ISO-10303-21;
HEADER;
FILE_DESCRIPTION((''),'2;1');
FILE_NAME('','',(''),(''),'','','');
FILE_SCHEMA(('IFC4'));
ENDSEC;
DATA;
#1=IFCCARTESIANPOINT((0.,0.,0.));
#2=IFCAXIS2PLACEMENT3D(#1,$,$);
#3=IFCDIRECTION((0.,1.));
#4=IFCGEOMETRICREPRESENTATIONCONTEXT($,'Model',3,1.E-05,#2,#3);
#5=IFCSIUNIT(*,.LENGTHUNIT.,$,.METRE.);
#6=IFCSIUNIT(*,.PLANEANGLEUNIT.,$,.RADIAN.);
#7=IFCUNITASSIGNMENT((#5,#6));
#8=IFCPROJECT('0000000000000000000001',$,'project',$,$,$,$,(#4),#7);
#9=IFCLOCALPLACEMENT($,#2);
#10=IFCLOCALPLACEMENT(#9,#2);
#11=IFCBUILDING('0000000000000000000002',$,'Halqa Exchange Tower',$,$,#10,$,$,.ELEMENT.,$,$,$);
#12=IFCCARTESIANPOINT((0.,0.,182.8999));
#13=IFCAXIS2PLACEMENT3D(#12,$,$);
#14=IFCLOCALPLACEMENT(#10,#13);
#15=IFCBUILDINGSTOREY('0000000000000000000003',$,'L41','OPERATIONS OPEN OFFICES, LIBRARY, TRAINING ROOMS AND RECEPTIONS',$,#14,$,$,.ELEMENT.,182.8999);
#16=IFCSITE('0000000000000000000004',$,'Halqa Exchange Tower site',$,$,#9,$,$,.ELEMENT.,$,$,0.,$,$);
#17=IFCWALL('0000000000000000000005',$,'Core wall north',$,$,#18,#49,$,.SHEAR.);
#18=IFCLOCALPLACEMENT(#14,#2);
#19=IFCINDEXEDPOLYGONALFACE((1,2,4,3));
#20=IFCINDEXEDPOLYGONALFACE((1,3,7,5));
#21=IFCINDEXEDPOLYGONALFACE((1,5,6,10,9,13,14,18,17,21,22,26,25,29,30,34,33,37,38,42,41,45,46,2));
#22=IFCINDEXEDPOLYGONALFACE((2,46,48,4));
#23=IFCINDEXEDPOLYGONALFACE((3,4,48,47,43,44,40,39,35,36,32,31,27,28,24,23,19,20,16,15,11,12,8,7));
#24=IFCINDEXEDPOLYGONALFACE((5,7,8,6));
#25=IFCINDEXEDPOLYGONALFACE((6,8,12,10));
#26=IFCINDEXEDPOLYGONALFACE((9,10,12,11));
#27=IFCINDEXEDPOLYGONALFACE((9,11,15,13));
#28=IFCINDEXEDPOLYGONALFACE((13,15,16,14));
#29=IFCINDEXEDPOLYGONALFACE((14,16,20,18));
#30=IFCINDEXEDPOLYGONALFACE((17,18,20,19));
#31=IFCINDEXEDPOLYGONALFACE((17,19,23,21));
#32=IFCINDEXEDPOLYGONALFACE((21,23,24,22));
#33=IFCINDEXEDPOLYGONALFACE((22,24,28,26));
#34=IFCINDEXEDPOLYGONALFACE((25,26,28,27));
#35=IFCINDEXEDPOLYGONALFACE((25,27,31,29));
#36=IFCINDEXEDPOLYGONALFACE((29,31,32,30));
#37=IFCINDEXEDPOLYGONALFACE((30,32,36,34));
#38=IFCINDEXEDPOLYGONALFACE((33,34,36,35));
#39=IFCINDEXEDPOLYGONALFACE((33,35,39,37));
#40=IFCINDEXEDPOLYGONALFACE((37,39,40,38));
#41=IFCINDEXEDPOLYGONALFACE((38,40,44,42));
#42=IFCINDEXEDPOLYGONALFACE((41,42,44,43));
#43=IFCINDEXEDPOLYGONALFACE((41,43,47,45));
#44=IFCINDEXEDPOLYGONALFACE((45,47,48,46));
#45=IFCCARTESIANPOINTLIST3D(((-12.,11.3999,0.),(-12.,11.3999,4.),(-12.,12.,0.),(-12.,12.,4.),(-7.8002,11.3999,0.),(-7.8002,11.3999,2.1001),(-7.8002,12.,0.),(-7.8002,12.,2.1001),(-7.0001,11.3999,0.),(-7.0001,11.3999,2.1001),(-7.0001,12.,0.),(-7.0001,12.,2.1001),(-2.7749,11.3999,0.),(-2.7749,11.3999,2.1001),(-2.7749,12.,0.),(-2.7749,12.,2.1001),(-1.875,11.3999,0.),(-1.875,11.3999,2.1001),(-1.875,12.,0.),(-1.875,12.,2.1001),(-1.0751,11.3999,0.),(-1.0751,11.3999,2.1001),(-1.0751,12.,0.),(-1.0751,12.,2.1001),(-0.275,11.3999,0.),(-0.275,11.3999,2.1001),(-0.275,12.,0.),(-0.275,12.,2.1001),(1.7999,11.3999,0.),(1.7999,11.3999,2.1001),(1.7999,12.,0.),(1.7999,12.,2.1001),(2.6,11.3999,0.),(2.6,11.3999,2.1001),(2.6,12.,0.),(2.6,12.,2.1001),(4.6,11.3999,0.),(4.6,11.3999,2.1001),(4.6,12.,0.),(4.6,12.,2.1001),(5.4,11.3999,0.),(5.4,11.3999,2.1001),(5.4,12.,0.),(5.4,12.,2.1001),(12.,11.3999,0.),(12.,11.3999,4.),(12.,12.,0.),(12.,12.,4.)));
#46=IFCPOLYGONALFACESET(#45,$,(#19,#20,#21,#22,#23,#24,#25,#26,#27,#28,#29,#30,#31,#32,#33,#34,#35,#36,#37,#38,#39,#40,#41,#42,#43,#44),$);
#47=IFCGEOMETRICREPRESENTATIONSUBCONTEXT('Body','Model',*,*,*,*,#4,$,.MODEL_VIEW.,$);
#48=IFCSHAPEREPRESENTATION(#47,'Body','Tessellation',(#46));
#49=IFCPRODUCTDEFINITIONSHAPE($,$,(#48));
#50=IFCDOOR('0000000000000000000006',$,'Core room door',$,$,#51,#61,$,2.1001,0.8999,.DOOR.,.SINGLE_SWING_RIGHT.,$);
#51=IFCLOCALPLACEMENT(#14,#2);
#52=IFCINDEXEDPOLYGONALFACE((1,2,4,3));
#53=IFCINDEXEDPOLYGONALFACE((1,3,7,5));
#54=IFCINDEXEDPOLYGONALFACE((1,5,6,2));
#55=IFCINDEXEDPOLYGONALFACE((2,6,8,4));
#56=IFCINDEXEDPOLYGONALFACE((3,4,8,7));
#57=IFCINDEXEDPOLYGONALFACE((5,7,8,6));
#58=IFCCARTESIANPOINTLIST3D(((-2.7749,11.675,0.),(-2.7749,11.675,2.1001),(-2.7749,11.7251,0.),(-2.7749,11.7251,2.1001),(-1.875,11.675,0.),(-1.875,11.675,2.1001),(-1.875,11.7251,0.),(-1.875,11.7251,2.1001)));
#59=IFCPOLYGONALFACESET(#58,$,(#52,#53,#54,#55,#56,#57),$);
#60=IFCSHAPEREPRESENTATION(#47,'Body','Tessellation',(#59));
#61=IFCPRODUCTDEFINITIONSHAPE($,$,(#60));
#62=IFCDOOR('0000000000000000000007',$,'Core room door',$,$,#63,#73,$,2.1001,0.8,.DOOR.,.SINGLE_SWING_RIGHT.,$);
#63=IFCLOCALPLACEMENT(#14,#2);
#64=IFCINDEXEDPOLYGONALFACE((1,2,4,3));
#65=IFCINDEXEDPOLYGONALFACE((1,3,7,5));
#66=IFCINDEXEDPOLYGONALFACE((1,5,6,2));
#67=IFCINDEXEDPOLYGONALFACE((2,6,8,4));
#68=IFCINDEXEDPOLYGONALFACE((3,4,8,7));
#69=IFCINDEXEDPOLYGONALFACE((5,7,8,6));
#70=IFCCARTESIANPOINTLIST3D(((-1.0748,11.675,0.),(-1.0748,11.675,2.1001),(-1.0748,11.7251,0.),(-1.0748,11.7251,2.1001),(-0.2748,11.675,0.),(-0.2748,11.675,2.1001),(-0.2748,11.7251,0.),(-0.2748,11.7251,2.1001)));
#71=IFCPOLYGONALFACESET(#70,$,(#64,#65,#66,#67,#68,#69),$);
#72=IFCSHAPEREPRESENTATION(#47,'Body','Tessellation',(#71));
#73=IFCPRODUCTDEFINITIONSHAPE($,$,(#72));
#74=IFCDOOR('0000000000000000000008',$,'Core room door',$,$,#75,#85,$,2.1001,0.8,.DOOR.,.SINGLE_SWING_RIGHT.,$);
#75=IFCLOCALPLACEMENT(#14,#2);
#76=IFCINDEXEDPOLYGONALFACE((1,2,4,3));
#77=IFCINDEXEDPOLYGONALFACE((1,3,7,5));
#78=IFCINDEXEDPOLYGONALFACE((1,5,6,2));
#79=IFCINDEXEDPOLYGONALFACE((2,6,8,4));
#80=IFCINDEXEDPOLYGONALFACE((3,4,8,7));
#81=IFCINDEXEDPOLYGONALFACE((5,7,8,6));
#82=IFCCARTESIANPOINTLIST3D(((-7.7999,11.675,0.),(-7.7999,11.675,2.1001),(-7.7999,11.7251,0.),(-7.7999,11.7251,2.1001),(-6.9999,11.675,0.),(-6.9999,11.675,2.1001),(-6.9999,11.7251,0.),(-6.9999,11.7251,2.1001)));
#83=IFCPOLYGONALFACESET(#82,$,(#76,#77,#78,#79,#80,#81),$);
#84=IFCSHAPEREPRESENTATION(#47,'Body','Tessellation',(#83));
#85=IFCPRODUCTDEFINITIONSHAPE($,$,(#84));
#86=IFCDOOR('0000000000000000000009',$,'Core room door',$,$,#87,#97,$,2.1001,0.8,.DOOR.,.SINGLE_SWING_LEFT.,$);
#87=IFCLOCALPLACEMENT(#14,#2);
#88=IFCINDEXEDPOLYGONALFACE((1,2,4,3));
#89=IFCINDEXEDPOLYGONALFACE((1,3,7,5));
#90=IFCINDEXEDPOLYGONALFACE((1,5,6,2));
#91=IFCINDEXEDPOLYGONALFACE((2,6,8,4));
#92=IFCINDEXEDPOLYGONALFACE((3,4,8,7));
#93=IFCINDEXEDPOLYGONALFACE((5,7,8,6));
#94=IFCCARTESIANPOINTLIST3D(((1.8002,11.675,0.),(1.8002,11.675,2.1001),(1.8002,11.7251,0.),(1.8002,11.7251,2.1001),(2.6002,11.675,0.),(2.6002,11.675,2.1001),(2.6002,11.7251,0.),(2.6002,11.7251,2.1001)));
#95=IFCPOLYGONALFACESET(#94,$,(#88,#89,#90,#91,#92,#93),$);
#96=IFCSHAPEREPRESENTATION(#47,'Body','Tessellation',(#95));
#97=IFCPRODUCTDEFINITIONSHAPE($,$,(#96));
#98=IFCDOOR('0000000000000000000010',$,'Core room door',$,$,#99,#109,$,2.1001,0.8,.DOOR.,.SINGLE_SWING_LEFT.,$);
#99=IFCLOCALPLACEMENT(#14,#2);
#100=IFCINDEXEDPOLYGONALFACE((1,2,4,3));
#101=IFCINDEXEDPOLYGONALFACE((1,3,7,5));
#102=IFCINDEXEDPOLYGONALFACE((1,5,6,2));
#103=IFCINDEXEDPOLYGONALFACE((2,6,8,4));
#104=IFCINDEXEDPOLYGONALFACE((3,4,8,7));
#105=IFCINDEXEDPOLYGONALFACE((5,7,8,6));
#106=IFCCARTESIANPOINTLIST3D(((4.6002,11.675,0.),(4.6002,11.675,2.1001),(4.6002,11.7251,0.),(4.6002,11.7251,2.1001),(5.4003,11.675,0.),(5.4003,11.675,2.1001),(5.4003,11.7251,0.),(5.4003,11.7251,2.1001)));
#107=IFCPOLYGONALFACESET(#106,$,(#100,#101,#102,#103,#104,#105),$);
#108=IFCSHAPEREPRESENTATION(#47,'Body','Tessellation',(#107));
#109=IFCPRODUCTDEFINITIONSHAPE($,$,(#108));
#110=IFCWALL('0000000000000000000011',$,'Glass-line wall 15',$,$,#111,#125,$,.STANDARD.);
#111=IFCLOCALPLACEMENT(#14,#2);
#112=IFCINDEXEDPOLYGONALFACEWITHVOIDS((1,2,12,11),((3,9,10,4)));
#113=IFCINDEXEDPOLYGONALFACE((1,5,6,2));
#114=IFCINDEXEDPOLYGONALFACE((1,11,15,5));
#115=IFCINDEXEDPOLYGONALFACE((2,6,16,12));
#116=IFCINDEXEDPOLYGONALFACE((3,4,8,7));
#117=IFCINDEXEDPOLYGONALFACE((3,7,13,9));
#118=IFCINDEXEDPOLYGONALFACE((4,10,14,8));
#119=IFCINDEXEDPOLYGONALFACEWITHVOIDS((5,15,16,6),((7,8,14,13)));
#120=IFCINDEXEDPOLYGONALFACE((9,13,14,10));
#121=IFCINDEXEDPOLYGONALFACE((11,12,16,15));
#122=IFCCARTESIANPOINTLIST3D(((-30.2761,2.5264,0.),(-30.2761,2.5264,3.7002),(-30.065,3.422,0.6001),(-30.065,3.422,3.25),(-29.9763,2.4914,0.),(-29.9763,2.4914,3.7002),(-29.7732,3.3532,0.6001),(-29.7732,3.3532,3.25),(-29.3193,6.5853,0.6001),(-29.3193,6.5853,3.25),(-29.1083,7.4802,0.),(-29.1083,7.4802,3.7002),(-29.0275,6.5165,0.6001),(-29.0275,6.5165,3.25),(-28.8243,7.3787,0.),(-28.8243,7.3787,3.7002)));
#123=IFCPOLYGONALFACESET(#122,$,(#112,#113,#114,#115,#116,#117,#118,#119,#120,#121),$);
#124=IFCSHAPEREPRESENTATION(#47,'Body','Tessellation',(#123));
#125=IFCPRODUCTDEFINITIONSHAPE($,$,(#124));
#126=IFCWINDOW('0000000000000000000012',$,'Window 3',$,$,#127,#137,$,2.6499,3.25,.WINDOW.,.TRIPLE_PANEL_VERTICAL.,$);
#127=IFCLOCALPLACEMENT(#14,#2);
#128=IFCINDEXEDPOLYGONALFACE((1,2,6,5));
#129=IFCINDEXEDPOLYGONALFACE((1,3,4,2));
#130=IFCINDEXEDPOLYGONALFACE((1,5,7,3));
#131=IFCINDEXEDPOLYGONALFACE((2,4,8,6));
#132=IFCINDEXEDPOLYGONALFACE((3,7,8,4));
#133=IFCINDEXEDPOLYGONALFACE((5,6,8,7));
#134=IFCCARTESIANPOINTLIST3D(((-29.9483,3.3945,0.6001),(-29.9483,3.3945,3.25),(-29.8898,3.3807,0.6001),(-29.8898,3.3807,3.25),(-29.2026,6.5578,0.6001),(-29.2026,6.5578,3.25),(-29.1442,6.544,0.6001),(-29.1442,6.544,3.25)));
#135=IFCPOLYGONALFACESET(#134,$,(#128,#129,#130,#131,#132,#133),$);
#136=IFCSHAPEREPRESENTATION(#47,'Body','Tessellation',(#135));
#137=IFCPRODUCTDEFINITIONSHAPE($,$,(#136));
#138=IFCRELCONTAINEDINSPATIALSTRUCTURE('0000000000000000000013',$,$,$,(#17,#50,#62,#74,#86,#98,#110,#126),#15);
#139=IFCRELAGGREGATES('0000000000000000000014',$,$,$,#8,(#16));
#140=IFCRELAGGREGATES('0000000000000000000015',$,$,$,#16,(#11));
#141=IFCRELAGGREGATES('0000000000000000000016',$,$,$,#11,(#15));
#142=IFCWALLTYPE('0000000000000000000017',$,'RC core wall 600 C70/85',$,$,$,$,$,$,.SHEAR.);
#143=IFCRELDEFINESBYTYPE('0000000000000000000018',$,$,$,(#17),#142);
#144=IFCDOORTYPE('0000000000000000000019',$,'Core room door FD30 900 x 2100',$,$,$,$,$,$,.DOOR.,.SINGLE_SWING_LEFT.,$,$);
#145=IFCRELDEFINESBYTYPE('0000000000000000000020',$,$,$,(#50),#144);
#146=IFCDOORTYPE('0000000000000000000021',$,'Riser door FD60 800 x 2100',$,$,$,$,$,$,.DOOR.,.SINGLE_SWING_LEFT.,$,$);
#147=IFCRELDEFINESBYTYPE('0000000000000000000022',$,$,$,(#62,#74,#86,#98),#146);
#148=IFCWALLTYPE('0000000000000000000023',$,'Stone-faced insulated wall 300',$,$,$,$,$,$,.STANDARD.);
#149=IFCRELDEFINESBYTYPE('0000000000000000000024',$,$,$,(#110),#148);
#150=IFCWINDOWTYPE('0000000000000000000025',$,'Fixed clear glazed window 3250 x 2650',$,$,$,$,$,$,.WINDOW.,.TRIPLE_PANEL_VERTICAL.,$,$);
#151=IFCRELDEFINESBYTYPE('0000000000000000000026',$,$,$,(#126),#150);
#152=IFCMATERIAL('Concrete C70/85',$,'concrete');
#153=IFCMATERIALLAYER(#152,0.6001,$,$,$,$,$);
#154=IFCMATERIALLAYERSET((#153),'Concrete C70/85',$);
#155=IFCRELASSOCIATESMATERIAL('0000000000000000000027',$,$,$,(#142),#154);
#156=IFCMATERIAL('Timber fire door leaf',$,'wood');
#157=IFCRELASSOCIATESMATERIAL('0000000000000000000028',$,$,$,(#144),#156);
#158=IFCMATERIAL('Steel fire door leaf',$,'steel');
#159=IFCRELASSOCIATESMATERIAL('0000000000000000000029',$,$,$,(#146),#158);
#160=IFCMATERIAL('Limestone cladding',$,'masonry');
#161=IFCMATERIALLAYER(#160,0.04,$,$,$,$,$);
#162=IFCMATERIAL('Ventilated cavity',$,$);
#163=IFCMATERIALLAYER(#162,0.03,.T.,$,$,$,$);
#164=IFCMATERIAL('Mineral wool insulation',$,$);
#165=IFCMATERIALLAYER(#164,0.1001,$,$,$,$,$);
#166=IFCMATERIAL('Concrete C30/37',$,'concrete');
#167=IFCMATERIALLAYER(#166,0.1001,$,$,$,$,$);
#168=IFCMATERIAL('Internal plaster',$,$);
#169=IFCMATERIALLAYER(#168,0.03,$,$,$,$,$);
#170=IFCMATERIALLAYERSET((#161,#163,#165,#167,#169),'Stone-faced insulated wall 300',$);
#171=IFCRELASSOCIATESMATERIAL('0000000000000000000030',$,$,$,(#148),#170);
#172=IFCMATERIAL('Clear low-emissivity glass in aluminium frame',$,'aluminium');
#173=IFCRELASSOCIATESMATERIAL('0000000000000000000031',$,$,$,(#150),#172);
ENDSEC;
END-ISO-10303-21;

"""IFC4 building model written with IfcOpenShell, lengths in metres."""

from ifc_helpers import new_model, si_unit, direction, frame, frame_2d, origin, place, context, subcontext, project, spatial, polyline, rectangle, outline, extrude, material, layer, layer_set, type_object, element, fill, save


model = new_model("IFC4")

# Units and contexts
model_context = context("Model", 3, precision=1e-05, world=origin(), true_north=direction((0.0, 1.0)))
body_context = subcontext(model_context, "Body", "Model", "MODEL_VIEW")
ifc_project = project(units=[si_unit("LENGTHUNIT", "METRE"), si_unit("PLANEANGLEUNIT", "RADIAN")], contexts=[model_context])

# Site, building, storey
site_placement = place(None, origin())
site = spatial("IfcSite", under=ifc_project, at=site_placement, Name="Halqa Exchange Tower site", CompositionType="ELEMENT", RefElevation=0.0)
building_placement = place(site_placement, origin())
building = spatial("IfcBuilding", under=site, at=building_placement, Name="Halqa Exchange Tower", CompositionType="ELEMENT")
storey_placement = place(building_placement, frame((0.0, 0.0, 182.8999)))
storey = spatial("IfcBuildingStorey", under=building, at=storey_placement, Name="L41", Description="OPERATIONS OPEN OFFICES, LIBRARY, TRAINING ROOMS AND RECEPTIONS", CompositionType="ELEMENT", Elevation=182.8999)

# Shared definitions
ifc_material_1 = material(Name="Concrete C70/85", Category="concrete")

# Shared definitions
ifc_material_2 = material(Name="Steel fire door leaf", Category="steel")

# Wall, openings, doors
ifc_layer_1 = layer(ifc_material_1, 0.6001)
ifc_layer_set_1 = layer_set([ifc_layer_1], Name="Concrete C70/85")
wall_type_1 = type_object("IfcWallType", Name="RC core wall 600 C70/85", PredefinedType="SHEAR", material=ifc_layer_set_1)
wall_1_placement = place(storey_placement, frame((-12.0, 11.7, 0.0), z_axis=(0.0, 0.0, 1.0), x_axis=(1.0, 0.0, 0.0)))
wall_1 = element("IfcWall", 1, at=wall_1_placement, inside=storey, type_object=wall_type_1, Name="Core wall north", PredefinedType="SHEAR", context=body_context, shape_type="SweptSolid", body=[
    extrude(rectangle(XDim=24.0, YDim=0.6001, at=frame_2d((12.0, 0.0))), origin(), (0.0, 0.0, 1.0), 4.0),
])
opening_1_placement = place(wall_1_placement, frame((9.2251, 0.0, 0.0)))
opening_1 = element("IfcOpeningElement", 2, at=opening_1_placement, cuts=wall_1, PredefinedType="OPENING", context=body_context, shape_type="SweptSolid", body=[
    extrude(rectangle(XDim=0.8999, YDim=2.1001, at=frame_2d((0.45, 1.05))), frame((0.0, 0.312, 0.0), z_axis=(0.0, -1.0, 0.0), x_axis=(1.0, 0.0, 0.0)), (0.0, 0.0, 1.0), 0.624),
])
opening_2_placement = place(wall_1_placement, frame((10.925, 0.0, 0.0)))
opening_2 = element("IfcOpeningElement", 3, at=opening_2_placement, cuts=wall_1, PredefinedType="OPENING", context=body_context, shape_type="SweptSolid", body=[
    extrude(rectangle(XDim=0.8, YDim=2.1001, at=frame_2d((0.3999, 1.05))), frame((0.0, 0.312, 0.0), z_axis=(0.0, -1.0, 0.0), x_axis=(1.0, 0.0, 0.0)), (0.0, 0.0, 1.0), 0.624),
])
opening_3_placement = place(wall_1_placement, frame((4.2, 0.0, 0.0)))
opening_3 = element("IfcOpeningElement", 4, at=opening_3_placement, cuts=wall_1, PredefinedType="OPENING", context=body_context, shape_type="SweptSolid", body=[
    extrude(rectangle(XDim=0.8, YDim=2.1001, at=frame_2d((0.3999, 1.05))), frame((0.0, 0.312, 0.0), z_axis=(0.0, -1.0, 0.0), x_axis=(1.0, 0.0, 0.0)), (0.0, 0.0, 1.0), 0.624),
])
opening_4_placement = place(wall_1_placement, frame((13.8, 0.0, 0.0)))
opening_4 = element("IfcOpeningElement", 5, at=opening_4_placement, cuts=wall_1, PredefinedType="OPENING", context=body_context, shape_type="SweptSolid", body=[
    extrude(rectangle(XDim=0.8, YDim=2.1001, at=frame_2d((0.3999, 1.05))), frame((0.0, 0.312, 0.0), z_axis=(0.0, -1.0, 0.0), x_axis=(1.0, 0.0, 0.0)), (0.0, 0.0, 1.0), 0.624),
])
opening_5_placement = place(wall_1_placement, frame((16.6001, 0.0, 0.0)))
opening_5 = element("IfcOpeningElement", 6, at=opening_5_placement, cuts=wall_1, PredefinedType="OPENING", context=body_context, shape_type="SweptSolid", body=[
    extrude(rectangle(XDim=0.8, YDim=2.1001, at=frame_2d((0.3999, 1.05))), frame((0.0, 0.312, 0.0), z_axis=(0.0, -1.0, 0.0), x_axis=(1.0, 0.0, 0.0)), (0.0, 0.0, 1.0), 0.624),
])
ifc_material_3 = material(Name="Timber fire door leaf", Category="wood")
door_type_1 = type_object("IfcDoorType", Name="Core room door FD30 900 x 2100", OperationType="SINGLE_SWING_LEFT", PredefinedType="DOOR", material=ifc_material_3)
door_1_placement = place(opening_1_placement, frame((0.8999, 0.0, 0.0), z_axis=(0.0, 0.0, 1.0), x_axis=(-1.0, 0.0, 0.0)))
door_1 = element("IfcDoor", 7, at=door_1_placement, inside=storey, type_object=door_type_1, Name="Core room door", OperationType="SINGLE_SWING_RIGHT", OverallHeight=2.1001, OverallWidth=0.8999, PredefinedType="DOOR", context=body_context, shape_type="SweptSolid", body=[
    extrude(rectangle(XDim=0.8999, YDim=2.1001, at=frame_2d((0.45, 1.05))), frame((0.0, 0.0249, 0.0), z_axis=(0.0, -1.0, 0.0), x_axis=(1.0, 0.0, 0.0)), (0.0, 0.0, 1.0), 0.05),
])
fill(opening_1, door_1)
door_type_2 = type_object("IfcDoorType", Name="Riser door FD60 800 x 2100", OperationType="SINGLE_SWING_LEFT", PredefinedType="DOOR", material=ifc_material_2)
door_2_placement = place(opening_2_placement, frame((0.8, 0.0, 0.0), z_axis=(0.0, 0.0, 1.0), x_axis=(-1.0, 0.0, 0.0)))
door_2 = element("IfcDoor", 8, at=door_2_placement, inside=storey, type_object=door_type_2, Name="Core room door", OperationType="SINGLE_SWING_RIGHT", OverallHeight=2.1001, OverallWidth=0.8, PredefinedType="DOOR", context=body_context, shape_type="SweptSolid", body=[
    extrude(rectangle(XDim=0.8, YDim=2.1001, at=frame_2d((0.3999, 1.05))), frame((0.0, 0.0249, 0.0), z_axis=(0.0, -1.0, 0.0), x_axis=(1.0, 0.0, 0.0)), (0.0, 0.0, 1.0), 0.05),
])
fill(opening_2, door_2)
door_3_placement = place(opening_3_placement, frame((0.8, 0.0, 0.0), z_axis=(0.0, 0.0, 1.0), x_axis=(-1.0, 0.0, 0.0)))
door_3 = element("IfcDoor", 9, at=door_3_placement, inside=storey, type_object=door_type_2, Name="Core room door", OperationType="SINGLE_SWING_RIGHT", OverallHeight=2.1001, OverallWidth=0.8, PredefinedType="DOOR", context=body_context, shape_type="SweptSolid", body=[
    extrude(rectangle(XDim=0.8, YDim=2.1001, at=frame_2d((0.3999, 1.05))), frame((0.0, 0.0249, 0.0), z_axis=(0.0, -1.0, 0.0), x_axis=(1.0, 0.0, 0.0)), (0.0, 0.0, 1.0), 0.05),
])
fill(opening_3, door_3)
door_4_placement = place(opening_4_placement, frame((0.8, 0.0, 0.0), z_axis=(0.0, 0.0, 1.0), x_axis=(-1.0, 0.0, 0.0)))
door_4 = element("IfcDoor", 10, at=door_4_placement, inside=storey, type_object=door_type_2, Name="Core room door", OperationType="SINGLE_SWING_LEFT", OverallHeight=2.1001, OverallWidth=0.8, PredefinedType="DOOR", context=body_context, shape_type="SweptSolid", body=[
    extrude(rectangle(XDim=0.8, YDim=2.1001, at=frame_2d((0.3999, 1.05))), frame((0.0, 0.0249, 0.0), z_axis=(0.0, -1.0, 0.0), x_axis=(1.0, 0.0, 0.0)), (0.0, 0.0, 1.0), 0.05),
])
fill(opening_4, door_4)
door_5_placement = place(opening_5_placement, frame((0.8, 0.0, 0.0), z_axis=(0.0, 0.0, 1.0), x_axis=(-1.0, 0.0, 0.0)))
door_5 = element("IfcDoor", 11, at=door_5_placement, inside=storey, type_object=door_type_2, Name="Core room door", OperationType="SINGLE_SWING_LEFT", OverallHeight=2.1001, OverallWidth=0.8, PredefinedType="DOOR", context=body_context, shape_type="SweptSolid", body=[
    extrude(rectangle(XDim=0.8, YDim=2.1001, at=frame_2d((0.3999, 1.05))), frame((0.0, 0.0249, 0.0), z_axis=(0.0, -1.0, 0.0), x_axis=(1.0, 0.0, 0.0)), (0.0, 0.0, 1.0), 0.05),
])
fill(opening_5, door_5)

# Wall, opening, window
ifc_material_4 = material(Name="Limestone cladding", Category="masonry")
ifc_layer_2 = layer(ifc_material_4, 0.04)
ifc_material_5 = material(Name="Ventilated cavity")
ifc_layer_3 = layer(ifc_material_5, 0.03, ventilated=True)
ifc_material_6 = material(Name="Mineral wool insulation")
ifc_layer_4 = layer(ifc_material_6, 0.1001)
ifc_material_7 = material(Name="Concrete C30/37", Category="concrete")
ifc_layer_5 = layer(ifc_material_7, 0.1001)
ifc_material_8 = material(Name="Internal plaster")
ifc_layer_6 = layer(ifc_material_8, 0.03)
ifc_layer_set_2 = layer_set([ifc_layer_2, ifc_layer_3, ifc_layer_4, ifc_layer_5, ifc_layer_6], Name="Stone-faced insulated wall 300")
wall_type_2 = type_object("IfcWallType", Name="Stone-faced insulated wall 300", PredefinedType="STANDARD", material=ifc_layer_set_2)
wall_2_placement = place(storey_placement, frame((-28.9663, 7.4294, 0.0), z_axis=(0.0, 0.0, 1.0), x_axis=(-0.229435, -0.973324, 0.0)))
wall_2 = element("IfcWall", 12, at=wall_2_placement, inside=storey, type_object=wall_type_2, Name="Glass-line wall 15", PredefinedType="STANDARD", context=body_context, shape_type="SweptSolid", body=[
    extrude(outline(polyline([(-0.0168, -0.1499), (5.0728, -0.1499), (5.0381, 0.1499), (0.0168, 0.1499), (-0.0168, -0.1499)])), origin(), (0.0, 0.0, 1.0), 3.7002),
])
opening_6_placement = place(wall_2_placement, frame((0.9026, 0.0, 0.6001)))
opening_6 = element("IfcOpeningElement", 13, at=opening_6_placement, cuts=wall_2, PredefinedType="OPENING", context=body_context, shape_type="SweptSolid", body=[
    extrude(rectangle(XDim=3.25, YDim=2.6499, at=frame_2d((1.625, 1.325))), frame((0.0, 0.1621, 0.0), z_axis=(0.0, -1.0, 0.0), x_axis=(1.0, 0.0, 0.0)), (0.0, 0.0, 1.0), 0.324),
])
ifc_material_9 = material(Name="Clear low-emissivity glass in aluminium frame", Category="aluminium")
window_type = type_object("IfcWindowType", Name="Fixed clear glazed window 3250 x 2650", PartitioningType="TRIPLE_PANEL_VERTICAL", PredefinedType="WINDOW", material=ifc_material_9)
window_placement = place(opening_6_placement, origin())
window = element("IfcWindow", 14, at=window_placement, inside=storey, type_object=window_type, Name="Window 3", OverallHeight=2.6499, OverallWidth=3.25, PartitioningType="TRIPLE_PANEL_VERTICAL", PredefinedType="WINDOW", context=body_context, shape_type="SweptSolid", body=[
    extrude(rectangle(XDim=3.25, YDim=2.6499, at=frame_2d((1.625, 1.325))), frame((0.0, 0.03, 0.0), z_axis=(0.0, -1.0, 0.0), x_axis=(1.0, 0.0, 0.0)), (0.0, 0.0, 1.0), 0.0601),
])
fill(opening_6, window)

save(model, "model.ifc")
